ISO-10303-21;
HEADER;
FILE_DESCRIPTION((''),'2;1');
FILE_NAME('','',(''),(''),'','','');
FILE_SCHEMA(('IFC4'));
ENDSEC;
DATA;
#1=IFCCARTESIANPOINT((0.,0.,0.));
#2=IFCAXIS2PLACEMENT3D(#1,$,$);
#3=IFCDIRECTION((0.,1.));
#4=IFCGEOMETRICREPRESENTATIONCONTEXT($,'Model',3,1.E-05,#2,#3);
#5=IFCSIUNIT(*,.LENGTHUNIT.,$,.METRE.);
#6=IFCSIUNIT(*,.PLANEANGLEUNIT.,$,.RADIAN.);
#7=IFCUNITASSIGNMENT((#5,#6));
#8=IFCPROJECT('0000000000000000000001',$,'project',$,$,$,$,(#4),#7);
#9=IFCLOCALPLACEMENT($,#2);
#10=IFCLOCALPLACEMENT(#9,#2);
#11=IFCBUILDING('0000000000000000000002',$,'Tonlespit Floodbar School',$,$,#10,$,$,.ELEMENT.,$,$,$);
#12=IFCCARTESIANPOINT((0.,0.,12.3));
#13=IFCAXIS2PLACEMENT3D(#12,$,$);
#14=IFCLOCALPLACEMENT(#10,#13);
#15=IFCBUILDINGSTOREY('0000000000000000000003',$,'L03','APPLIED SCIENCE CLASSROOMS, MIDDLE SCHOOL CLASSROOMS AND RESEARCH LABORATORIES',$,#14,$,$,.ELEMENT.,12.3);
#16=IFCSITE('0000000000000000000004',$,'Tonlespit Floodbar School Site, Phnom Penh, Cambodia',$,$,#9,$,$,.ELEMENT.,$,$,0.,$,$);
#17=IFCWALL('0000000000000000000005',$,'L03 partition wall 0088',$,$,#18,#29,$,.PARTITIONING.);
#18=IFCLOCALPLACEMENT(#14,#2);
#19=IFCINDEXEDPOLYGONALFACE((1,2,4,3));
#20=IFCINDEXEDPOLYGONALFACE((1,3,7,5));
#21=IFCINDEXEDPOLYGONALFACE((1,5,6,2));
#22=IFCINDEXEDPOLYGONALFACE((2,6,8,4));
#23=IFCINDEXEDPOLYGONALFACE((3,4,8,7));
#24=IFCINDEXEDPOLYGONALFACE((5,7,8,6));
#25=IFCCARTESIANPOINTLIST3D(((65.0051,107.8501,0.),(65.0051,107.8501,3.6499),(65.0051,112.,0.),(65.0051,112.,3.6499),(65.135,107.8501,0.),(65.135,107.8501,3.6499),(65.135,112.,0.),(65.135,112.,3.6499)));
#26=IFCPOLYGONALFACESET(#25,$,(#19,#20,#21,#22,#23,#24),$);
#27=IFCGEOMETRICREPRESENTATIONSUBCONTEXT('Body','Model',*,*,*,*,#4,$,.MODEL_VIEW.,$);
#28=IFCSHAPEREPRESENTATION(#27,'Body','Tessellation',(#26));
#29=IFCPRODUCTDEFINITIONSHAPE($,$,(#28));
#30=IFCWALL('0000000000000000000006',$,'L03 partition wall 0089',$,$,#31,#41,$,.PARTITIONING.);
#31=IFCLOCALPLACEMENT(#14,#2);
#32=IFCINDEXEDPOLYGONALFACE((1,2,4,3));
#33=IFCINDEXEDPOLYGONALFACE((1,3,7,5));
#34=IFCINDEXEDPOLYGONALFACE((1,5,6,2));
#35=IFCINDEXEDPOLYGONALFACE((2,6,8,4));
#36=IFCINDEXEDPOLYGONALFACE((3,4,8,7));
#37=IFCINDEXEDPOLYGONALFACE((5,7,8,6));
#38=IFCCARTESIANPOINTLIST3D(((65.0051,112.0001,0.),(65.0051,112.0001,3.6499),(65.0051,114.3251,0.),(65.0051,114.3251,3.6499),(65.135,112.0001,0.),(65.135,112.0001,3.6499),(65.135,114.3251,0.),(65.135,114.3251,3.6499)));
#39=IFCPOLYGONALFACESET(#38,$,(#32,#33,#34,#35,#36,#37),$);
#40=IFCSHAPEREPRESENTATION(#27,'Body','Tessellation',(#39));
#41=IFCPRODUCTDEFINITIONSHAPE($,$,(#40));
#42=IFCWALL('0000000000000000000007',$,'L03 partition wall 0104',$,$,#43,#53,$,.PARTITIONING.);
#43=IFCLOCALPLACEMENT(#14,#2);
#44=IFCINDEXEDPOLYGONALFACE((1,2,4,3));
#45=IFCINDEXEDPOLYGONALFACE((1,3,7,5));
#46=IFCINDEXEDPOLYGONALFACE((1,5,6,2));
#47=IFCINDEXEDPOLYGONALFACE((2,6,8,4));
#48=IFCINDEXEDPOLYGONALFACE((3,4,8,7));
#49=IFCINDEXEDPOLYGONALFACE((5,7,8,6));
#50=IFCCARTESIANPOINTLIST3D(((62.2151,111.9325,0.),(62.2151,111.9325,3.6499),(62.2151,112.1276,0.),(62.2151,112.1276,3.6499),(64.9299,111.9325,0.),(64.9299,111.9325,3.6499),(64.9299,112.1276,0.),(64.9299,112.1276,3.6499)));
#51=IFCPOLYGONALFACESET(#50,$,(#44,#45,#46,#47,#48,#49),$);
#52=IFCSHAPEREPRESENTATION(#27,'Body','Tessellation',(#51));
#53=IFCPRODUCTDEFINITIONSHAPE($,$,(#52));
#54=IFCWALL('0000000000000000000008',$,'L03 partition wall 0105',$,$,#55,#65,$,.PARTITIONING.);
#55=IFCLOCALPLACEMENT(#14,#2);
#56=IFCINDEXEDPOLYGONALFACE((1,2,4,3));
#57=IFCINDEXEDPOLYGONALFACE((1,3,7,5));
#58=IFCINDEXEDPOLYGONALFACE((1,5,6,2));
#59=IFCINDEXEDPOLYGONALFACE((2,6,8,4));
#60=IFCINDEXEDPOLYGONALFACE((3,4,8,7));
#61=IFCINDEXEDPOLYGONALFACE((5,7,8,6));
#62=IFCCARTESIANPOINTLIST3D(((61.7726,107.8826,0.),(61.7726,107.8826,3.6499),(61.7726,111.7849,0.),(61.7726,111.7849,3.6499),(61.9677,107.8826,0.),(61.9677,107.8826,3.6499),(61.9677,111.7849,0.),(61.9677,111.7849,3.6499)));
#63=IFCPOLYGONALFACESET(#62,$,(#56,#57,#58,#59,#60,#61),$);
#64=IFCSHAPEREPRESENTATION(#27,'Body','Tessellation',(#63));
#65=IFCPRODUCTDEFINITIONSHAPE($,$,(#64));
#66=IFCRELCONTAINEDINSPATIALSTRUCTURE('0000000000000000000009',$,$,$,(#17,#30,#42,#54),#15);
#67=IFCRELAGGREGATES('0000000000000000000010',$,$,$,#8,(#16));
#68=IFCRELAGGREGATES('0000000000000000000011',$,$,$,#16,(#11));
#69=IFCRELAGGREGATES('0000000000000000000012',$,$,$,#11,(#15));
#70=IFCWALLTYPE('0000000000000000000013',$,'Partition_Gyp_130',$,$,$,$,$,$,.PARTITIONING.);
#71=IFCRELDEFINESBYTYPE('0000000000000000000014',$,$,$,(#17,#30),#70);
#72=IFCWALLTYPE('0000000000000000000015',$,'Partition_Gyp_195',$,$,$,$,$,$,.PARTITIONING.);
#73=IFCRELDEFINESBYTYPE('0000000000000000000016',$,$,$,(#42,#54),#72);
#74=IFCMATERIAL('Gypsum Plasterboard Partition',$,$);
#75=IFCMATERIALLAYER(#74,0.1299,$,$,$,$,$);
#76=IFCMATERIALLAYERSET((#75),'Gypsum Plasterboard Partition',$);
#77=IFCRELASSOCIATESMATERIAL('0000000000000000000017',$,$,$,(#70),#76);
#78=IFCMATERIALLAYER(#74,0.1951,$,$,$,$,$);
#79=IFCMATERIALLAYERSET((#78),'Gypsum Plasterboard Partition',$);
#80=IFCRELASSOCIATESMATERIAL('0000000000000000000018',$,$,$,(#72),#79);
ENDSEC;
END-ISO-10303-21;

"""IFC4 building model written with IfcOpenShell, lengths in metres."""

from ifc_helpers import new_model, si_unit, direction, frame, frame_2d, origin, place, context, subcontext, project, spatial, rectangle, extrude, material, layer, layer_set, type_object, element, save


model = new_model("IFC4")

# Units and contexts
model_context = context("Model", 3, precision=1e-05, world=origin(), true_north=direction((0.0, 1.0)))
body_context = subcontext(model_context, "Body", "Model", "MODEL_VIEW")
ifc_project = project(units=[si_unit("LENGTHUNIT", "METRE"), si_unit("PLANEANGLEUNIT", "RADIAN")], contexts=[model_context])

# Site, building, storey
site_placement = place(None, origin())
site = spatial("IfcSite", under=ifc_project, at=site_placement, Name="Tonlespit Floodbar School Site, Phnom Penh, Cambodia", CompositionType="ELEMENT", RefElevation=0.0)
building_placement = place(site_placement, origin())
building = spatial("IfcBuilding", under=site, at=building_placement, Name="Tonlespit Floodbar School", CompositionType="ELEMENT")
storey_placement = place(building_placement, frame((0.0, 0.0, 12.3)))
storey = spatial("IfcBuildingStorey", under=building, at=storey_placement, Name="L03", Description="APPLIED SCIENCE CLASSROOMS, MIDDLE SCHOOL CLASSROOMS AND RESEARCH LABORATORIES", CompositionType="ELEMENT", Elevation=12.3)

# Shared definitions
ifc_material_1 = material(Name="Gypsum Plasterboard Partition")

# Shared definitions
ifc_layer_1 = layer(ifc_material_1, 0.1299)
ifc_layer_set_1 = layer_set([ifc_layer_1], Name="Gypsum Plasterboard Partition")
wall_type_1 = type_object("IfcWallType", Name="Partition_Gyp_130", PredefinedType="PARTITIONING", material=ifc_layer_set_1)

# Walls
wall_1_placement = place(storey_placement, frame((65.0701, 107.8501, 0.0), z_axis=(0.0, 0.0, 1.0), x_axis=(0.0, 1.0, 0.0)))
element("IfcWall", 1, at=wall_1_placement, inside=storey, type_object=wall_type_1, Name="L03 partition wall 0088", PredefinedType="PARTITIONING", context=body_context, shape_type="SweptSolid", body=[
    extrude(rectangle(XDim=4.1499, YDim=0.1299, at=frame_2d((2.075, 0.0))), origin(), (0.0, 0.0, 1.0), 3.6499),
])
wall_2_placement = place(storey_placement, frame((65.0701, 112.0, 0.0), z_axis=(0.0, 0.0, 1.0), x_axis=(0.0, 1.0, 0.0)))
element("IfcWall", 2, at=wall_2_placement, inside=storey, type_object=wall_type_1, Name="L03 partition wall 0089", PredefinedType="PARTITIONING", context=body_context, shape_type="SweptSolid", body=[
    extrude(rectangle(XDim=2.325, YDim=0.1299, at=frame_2d((1.1626, 0.0))), origin(), (0.0, 0.0, 1.0), 3.6499),
])

# Shared definitions
ifc_layer_2 = layer(ifc_material_1, 0.1951)
ifc_layer_set_2 = layer_set([ifc_layer_2], Name="Gypsum Plasterboard Partition")
wall_type_2 = type_object("IfcWallType", Name="Partition_Gyp_195", PredefinedType="PARTITIONING", material=ifc_layer_set_2)

# Walls
wall_3_placement = place(storey_placement, frame((62.2151, 112.03, 0.0), z_axis=(0.0, 0.0, 1.0), x_axis=(1.0, 0.0, 0.0)))
element("IfcWall", 3, at=wall_3_placement, inside=storey, type_object=wall_type_2, Name="L03 partition wall 0104", PredefinedType="PARTITIONING", context=body_context, shape_type="SweptSolid", body=[
    extrude(rectangle(XDim=2.7148, YDim=0.1951, at=frame_2d((1.3574, 0.0))), origin(), (0.0, 0.0, 1.0), 3.6499),
])
wall_4_placement = place(storey_placement, frame((61.8701, 107.8826, 0.0), z_axis=(0.0, 0.0, 1.0), x_axis=(0.0, 1.0, 0.0)))
element("IfcWall", 4, at=wall_4_placement, inside=storey, type_object=wall_type_2, Name="L03 partition wall 0105", PredefinedType="PARTITIONING", context=body_context, shape_type="SweptSolid", body=[
    extrude(rectangle(XDim=3.9023, YDim=0.1951, at=frame_2d((1.9512, 0.0))), origin(), (0.0, 0.0, 1.0), 3.6499),
])

save(model, "model.ifc")
